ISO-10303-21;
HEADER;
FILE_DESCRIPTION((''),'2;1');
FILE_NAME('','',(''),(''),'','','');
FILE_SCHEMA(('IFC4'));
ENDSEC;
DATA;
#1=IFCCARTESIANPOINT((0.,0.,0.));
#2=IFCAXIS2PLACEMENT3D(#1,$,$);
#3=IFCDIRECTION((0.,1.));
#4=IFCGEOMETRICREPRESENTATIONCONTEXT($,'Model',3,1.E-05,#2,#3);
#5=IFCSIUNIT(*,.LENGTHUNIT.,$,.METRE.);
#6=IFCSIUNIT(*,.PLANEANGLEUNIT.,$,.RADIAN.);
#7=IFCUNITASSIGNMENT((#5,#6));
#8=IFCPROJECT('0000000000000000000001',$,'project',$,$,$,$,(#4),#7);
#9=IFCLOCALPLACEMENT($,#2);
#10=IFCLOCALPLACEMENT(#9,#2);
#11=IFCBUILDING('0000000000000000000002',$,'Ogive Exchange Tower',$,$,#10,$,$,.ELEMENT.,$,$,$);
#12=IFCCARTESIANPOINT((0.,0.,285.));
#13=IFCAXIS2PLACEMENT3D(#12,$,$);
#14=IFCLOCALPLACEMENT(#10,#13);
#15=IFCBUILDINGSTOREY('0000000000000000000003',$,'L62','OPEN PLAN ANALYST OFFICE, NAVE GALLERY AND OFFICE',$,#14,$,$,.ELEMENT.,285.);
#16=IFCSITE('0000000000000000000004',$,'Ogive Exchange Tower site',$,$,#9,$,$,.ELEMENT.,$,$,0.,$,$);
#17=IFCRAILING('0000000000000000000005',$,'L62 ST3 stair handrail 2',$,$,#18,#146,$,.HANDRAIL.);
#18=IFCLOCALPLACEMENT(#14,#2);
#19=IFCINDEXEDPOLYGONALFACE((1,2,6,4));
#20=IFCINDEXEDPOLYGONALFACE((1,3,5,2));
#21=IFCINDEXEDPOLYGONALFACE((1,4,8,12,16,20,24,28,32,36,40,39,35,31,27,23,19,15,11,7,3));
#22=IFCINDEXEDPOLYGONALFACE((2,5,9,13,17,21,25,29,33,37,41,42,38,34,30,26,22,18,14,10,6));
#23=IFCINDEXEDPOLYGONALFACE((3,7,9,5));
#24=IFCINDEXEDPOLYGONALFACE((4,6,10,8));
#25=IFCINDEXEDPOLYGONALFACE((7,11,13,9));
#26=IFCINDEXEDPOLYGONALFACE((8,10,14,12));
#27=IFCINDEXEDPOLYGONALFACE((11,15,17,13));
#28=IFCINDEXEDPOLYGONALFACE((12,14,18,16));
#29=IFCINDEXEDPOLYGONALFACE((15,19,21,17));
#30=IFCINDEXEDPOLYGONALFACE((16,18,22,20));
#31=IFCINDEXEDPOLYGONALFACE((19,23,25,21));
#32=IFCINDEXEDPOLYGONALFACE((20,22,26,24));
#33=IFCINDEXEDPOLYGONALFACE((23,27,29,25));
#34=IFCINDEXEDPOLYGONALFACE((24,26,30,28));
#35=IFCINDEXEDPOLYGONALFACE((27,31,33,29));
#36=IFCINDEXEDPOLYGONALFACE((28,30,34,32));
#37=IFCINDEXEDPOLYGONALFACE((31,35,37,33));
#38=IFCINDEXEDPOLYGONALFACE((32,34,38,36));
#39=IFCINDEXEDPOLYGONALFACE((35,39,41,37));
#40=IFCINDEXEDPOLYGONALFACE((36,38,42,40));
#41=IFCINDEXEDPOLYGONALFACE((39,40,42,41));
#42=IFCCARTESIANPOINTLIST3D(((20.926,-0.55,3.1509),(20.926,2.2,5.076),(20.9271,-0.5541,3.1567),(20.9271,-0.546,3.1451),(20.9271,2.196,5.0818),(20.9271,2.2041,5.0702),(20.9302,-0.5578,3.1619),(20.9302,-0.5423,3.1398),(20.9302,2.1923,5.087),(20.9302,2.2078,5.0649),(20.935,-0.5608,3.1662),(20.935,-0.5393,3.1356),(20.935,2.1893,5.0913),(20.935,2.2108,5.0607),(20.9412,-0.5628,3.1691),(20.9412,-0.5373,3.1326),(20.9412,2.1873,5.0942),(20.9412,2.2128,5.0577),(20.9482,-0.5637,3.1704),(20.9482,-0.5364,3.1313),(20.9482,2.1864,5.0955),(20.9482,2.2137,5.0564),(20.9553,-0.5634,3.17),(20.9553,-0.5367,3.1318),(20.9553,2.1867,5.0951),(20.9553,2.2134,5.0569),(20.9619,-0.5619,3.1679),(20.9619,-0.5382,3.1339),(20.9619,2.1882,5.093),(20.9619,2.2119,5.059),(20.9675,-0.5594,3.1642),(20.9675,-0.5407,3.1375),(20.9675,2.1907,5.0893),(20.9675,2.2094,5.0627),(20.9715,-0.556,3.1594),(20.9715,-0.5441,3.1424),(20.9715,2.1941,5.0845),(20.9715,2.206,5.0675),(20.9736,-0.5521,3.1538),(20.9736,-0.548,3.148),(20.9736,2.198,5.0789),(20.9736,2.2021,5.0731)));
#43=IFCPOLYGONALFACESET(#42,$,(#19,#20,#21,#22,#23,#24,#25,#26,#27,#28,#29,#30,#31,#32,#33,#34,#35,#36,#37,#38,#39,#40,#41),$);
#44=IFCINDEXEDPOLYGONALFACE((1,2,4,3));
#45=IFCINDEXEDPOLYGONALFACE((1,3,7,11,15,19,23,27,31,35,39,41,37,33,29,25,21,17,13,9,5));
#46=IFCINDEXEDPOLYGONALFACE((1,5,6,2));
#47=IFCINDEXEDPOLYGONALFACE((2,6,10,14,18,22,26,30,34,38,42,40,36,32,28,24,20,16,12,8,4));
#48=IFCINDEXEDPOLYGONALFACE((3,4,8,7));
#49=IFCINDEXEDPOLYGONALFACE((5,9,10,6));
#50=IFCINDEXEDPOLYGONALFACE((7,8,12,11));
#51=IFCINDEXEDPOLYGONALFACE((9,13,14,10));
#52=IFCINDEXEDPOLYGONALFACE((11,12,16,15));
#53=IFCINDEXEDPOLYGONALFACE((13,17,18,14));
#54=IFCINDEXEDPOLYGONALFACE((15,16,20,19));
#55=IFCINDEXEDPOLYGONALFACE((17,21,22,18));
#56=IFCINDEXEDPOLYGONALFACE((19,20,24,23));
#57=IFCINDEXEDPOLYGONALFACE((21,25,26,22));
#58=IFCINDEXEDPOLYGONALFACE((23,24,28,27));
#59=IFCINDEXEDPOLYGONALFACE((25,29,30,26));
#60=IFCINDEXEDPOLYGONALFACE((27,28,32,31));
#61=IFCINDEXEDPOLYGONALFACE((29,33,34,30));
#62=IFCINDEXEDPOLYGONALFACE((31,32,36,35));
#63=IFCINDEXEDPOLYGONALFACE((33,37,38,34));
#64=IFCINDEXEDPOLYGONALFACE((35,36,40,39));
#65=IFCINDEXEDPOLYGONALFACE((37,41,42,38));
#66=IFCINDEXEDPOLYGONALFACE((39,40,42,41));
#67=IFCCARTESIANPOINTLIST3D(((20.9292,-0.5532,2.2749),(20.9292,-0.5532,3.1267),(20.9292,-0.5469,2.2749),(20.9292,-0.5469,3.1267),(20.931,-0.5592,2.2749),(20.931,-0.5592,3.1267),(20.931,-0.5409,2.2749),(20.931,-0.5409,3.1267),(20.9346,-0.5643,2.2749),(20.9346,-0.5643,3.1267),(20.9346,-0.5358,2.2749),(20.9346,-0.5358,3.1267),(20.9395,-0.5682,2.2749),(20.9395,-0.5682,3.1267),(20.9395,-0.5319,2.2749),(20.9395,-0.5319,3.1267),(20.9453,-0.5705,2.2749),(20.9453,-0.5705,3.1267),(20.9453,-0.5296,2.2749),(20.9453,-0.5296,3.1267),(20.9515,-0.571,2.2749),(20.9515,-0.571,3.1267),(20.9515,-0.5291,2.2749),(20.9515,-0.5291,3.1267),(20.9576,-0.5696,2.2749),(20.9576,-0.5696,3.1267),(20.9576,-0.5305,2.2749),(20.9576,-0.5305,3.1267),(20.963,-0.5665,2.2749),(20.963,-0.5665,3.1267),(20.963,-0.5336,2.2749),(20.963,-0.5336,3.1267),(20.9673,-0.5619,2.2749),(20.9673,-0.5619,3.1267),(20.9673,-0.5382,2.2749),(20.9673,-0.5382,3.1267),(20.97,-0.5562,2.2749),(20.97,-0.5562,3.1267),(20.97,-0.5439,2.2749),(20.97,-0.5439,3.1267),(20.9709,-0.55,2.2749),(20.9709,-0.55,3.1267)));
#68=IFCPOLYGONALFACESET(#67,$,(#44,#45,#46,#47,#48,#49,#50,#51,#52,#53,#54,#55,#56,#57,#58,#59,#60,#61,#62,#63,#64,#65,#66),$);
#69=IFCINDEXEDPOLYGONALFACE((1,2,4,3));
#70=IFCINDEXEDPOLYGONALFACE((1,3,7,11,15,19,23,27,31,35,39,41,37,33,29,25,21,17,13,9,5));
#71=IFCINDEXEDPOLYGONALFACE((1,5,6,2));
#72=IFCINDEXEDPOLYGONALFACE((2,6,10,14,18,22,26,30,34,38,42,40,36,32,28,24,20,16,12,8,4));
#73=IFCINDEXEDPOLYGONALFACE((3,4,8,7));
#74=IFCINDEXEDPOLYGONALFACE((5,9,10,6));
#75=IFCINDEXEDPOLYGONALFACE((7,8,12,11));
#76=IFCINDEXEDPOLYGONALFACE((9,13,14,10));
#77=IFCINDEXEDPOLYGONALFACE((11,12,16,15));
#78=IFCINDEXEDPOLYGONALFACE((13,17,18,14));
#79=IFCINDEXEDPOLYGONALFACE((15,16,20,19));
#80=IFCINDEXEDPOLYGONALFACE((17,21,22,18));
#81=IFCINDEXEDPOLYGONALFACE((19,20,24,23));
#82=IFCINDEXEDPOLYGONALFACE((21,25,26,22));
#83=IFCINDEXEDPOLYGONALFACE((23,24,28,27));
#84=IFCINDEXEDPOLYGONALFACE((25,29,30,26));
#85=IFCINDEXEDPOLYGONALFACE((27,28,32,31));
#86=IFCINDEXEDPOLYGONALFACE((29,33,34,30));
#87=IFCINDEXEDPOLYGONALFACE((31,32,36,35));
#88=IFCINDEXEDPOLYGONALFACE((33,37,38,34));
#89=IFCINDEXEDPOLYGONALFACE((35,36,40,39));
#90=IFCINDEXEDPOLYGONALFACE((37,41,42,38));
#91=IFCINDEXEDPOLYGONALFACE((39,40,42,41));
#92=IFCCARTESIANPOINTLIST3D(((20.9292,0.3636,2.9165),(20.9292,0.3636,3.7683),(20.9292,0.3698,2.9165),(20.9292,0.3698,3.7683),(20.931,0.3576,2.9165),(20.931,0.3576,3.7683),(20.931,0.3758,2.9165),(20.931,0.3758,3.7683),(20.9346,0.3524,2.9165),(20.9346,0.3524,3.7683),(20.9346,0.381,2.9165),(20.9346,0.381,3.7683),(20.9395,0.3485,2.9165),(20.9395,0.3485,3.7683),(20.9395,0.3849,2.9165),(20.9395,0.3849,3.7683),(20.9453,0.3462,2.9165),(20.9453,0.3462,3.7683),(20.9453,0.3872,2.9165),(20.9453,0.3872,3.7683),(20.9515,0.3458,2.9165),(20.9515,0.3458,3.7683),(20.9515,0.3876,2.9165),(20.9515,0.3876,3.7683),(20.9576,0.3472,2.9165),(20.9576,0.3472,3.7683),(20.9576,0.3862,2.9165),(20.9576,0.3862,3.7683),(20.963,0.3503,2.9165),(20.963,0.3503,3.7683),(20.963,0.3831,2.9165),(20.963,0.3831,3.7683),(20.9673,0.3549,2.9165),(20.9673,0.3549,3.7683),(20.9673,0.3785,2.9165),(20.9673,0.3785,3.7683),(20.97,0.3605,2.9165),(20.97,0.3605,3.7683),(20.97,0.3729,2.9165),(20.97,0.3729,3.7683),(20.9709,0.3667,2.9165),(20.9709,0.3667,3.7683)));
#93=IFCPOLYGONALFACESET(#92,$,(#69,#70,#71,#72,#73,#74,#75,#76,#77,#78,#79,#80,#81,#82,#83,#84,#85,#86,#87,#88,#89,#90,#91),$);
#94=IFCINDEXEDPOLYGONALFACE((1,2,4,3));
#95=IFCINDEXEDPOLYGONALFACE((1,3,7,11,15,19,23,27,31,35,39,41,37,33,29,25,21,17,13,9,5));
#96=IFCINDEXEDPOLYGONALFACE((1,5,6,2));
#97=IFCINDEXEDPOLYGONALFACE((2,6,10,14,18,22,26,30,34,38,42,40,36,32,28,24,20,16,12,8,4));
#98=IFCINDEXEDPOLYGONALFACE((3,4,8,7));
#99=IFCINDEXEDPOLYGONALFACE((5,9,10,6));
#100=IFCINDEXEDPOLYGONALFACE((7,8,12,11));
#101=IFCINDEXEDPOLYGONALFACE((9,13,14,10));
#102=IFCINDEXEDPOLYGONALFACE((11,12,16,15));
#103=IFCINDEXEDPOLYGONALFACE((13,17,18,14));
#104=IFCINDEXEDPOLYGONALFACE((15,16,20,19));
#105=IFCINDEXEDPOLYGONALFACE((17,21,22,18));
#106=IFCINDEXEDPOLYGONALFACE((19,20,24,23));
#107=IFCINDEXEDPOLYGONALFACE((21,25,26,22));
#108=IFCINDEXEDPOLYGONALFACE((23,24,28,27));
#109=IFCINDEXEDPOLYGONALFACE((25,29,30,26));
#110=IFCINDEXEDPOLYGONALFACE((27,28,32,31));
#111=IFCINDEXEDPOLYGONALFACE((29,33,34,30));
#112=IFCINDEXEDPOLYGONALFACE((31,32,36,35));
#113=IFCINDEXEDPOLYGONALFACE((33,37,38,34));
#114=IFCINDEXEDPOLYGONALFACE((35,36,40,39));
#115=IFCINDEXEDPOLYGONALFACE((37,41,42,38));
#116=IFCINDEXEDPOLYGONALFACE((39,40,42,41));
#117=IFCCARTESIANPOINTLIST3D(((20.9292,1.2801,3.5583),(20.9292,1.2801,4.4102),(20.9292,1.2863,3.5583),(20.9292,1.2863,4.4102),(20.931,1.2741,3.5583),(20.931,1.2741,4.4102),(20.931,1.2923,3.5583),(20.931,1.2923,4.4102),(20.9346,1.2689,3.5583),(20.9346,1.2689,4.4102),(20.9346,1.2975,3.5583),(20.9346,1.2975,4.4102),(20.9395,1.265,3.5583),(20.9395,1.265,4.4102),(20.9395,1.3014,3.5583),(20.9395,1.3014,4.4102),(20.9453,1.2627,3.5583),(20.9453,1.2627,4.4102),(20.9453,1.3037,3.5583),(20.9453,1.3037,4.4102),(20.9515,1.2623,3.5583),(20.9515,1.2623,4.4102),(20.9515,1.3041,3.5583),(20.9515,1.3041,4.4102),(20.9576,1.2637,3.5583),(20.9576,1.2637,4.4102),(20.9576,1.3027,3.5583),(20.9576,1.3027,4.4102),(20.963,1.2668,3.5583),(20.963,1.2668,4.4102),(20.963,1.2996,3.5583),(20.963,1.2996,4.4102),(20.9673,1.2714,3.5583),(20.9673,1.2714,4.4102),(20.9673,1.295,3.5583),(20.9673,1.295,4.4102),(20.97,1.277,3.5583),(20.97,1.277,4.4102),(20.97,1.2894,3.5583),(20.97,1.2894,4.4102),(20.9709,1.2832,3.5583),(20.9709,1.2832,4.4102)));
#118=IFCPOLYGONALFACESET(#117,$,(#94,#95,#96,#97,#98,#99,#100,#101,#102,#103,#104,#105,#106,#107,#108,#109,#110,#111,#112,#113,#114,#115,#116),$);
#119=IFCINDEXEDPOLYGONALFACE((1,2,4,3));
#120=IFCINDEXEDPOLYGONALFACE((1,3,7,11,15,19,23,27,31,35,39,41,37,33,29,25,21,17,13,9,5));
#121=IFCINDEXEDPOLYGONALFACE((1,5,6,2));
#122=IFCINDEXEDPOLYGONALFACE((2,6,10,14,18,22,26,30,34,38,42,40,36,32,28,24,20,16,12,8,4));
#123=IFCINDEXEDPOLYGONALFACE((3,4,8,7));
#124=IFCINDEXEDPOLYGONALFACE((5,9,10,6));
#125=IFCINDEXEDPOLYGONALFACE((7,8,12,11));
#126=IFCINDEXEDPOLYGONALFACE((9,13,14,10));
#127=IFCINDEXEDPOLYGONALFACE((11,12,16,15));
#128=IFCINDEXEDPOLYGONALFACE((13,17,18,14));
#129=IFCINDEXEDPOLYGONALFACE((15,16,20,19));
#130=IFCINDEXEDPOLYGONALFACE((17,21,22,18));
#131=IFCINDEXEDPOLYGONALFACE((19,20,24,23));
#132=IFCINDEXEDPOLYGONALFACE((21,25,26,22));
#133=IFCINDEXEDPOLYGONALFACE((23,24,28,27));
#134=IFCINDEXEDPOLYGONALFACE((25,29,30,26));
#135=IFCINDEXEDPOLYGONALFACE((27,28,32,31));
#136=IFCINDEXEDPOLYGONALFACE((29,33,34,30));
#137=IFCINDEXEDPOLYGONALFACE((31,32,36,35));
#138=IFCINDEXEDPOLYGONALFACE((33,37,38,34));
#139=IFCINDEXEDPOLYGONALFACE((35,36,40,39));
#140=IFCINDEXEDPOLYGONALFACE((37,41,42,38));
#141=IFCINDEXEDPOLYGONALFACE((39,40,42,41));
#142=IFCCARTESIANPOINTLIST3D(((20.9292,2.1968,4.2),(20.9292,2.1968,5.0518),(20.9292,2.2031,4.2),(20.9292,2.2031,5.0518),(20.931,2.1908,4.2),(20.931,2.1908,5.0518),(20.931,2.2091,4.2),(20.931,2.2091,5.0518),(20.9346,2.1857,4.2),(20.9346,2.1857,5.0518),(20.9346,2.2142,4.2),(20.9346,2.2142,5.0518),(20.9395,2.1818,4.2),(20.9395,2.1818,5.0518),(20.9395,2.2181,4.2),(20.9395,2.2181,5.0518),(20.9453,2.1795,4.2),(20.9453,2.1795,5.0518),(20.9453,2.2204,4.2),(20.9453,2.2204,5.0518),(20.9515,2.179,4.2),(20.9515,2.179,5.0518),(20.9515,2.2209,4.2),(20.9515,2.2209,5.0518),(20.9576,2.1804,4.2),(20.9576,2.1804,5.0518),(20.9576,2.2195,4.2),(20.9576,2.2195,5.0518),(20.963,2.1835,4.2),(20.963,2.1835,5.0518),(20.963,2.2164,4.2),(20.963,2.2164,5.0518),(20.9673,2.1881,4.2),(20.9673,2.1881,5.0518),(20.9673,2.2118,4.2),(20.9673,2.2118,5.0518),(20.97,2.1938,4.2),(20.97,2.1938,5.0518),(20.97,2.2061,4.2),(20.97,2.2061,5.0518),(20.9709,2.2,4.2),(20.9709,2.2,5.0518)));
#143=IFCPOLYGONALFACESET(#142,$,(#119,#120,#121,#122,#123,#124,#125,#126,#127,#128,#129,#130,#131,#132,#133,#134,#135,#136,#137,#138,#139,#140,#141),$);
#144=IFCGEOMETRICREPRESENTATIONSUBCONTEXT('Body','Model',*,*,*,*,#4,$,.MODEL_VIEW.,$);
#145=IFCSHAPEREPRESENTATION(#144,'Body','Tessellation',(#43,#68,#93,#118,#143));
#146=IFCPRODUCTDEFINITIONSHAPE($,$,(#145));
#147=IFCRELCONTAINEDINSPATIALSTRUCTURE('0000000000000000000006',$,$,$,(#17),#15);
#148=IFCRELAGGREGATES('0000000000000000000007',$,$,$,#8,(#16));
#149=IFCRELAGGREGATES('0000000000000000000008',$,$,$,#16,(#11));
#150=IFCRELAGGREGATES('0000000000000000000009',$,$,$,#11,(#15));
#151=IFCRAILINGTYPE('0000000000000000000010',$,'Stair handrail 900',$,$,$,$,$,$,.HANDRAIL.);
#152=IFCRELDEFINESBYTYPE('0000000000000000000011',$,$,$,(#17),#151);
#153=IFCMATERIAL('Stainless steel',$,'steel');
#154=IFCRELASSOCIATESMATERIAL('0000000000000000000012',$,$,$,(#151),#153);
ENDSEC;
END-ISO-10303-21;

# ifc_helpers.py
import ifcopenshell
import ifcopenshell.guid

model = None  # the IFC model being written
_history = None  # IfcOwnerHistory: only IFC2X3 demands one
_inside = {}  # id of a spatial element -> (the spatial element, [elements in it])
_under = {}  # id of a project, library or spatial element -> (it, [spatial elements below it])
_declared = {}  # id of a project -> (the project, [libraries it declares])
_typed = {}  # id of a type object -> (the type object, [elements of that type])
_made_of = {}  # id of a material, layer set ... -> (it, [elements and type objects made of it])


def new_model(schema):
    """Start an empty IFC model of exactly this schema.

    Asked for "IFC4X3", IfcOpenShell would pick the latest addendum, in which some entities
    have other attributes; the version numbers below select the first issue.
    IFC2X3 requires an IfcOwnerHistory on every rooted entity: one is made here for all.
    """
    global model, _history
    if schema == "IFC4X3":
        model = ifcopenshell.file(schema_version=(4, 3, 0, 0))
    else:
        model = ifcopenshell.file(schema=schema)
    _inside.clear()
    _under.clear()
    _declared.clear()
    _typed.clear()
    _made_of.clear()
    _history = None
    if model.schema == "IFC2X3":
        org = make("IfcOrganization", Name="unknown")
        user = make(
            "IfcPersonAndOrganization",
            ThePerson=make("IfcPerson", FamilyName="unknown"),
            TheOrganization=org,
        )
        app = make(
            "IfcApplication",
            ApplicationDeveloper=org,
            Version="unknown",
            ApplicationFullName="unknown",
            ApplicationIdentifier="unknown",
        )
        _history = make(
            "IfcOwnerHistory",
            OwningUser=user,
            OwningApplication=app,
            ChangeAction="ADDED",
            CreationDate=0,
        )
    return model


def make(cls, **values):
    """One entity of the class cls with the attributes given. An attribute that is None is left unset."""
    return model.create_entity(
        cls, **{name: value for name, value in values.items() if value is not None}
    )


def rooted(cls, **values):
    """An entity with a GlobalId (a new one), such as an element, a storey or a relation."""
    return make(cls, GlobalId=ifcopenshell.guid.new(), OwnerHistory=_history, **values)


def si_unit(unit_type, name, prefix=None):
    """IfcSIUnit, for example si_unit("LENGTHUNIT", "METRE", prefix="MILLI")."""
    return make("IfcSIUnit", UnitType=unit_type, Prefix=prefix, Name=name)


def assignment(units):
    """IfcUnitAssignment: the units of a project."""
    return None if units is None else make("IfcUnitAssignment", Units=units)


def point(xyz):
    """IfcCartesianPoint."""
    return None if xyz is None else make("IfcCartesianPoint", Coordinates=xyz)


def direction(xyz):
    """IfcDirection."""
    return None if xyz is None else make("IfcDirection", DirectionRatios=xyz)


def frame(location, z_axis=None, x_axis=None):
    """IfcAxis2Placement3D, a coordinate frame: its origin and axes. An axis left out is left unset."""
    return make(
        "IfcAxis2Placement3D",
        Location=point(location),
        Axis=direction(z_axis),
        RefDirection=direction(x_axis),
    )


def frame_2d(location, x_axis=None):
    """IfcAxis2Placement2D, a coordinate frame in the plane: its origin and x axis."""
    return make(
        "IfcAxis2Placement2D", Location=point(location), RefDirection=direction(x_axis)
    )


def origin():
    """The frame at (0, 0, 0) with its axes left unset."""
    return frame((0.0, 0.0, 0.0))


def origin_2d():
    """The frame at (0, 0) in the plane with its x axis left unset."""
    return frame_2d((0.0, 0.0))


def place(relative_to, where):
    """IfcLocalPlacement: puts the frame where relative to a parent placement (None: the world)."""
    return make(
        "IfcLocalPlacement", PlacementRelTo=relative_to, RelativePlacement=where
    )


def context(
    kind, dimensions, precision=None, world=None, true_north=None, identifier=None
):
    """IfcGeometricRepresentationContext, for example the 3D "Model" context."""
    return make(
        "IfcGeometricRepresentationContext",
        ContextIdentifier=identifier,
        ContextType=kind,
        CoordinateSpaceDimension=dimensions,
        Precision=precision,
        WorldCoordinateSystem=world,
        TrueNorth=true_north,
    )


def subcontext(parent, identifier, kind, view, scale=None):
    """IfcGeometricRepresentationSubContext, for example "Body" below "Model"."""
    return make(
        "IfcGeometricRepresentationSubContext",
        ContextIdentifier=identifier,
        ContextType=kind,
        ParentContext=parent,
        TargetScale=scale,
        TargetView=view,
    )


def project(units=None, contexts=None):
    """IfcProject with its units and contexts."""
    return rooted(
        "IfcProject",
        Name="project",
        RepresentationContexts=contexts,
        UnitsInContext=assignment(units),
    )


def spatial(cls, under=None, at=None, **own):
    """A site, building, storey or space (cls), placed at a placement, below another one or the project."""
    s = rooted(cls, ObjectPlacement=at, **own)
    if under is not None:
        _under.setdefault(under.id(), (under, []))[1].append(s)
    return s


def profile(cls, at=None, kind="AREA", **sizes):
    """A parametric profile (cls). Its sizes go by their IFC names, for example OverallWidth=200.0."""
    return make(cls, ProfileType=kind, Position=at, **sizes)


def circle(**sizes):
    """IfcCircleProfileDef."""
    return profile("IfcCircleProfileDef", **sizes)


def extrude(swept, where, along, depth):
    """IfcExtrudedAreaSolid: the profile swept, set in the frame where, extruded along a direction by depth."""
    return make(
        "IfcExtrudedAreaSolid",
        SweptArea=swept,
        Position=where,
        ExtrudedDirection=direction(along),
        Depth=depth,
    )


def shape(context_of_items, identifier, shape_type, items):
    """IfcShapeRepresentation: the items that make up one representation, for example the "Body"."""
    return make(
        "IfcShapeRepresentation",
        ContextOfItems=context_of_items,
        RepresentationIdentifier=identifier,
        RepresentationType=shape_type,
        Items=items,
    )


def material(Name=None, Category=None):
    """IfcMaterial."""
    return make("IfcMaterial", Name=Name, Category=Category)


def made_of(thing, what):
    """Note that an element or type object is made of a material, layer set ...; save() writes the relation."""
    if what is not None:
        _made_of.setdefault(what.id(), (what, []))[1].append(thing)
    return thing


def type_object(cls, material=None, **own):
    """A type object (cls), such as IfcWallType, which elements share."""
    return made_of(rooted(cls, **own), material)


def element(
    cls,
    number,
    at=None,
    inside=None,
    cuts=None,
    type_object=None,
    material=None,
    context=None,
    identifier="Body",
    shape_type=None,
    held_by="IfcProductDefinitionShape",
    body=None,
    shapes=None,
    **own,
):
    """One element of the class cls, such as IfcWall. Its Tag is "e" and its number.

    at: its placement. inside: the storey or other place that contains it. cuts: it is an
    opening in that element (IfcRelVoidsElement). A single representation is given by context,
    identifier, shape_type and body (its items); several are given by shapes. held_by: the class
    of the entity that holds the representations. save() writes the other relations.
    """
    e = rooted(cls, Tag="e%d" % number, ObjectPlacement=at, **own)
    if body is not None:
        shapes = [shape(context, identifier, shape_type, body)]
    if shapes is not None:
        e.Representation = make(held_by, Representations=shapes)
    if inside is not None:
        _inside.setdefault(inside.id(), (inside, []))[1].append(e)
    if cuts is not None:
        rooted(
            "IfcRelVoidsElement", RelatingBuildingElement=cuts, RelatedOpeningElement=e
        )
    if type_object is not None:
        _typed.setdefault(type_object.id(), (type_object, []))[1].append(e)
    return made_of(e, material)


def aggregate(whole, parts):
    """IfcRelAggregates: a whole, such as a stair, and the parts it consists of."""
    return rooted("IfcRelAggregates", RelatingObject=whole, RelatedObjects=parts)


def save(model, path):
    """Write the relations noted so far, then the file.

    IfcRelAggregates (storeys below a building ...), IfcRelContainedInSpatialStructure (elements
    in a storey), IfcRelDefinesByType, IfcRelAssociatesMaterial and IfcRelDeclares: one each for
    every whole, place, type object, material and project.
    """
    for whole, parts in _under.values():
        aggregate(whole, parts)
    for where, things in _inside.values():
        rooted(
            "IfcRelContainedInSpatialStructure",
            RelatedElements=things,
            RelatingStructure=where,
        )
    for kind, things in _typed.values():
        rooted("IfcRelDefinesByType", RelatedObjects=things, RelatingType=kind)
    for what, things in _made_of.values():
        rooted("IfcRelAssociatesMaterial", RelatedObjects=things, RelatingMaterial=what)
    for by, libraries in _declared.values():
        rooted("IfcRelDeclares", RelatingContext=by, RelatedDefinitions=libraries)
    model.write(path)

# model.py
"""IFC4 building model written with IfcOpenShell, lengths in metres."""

from ifc_helpers import new_model, si_unit, direction, frame, origin, origin_2d, place, context, subcontext, project, spatial, circle, extrude, material, type_object, element, save


model = new_model("IFC4")

# Units and contexts
model_context = context("Model", 3, precision=1e-05, world=origin(), true_north=direction((0.0, 1.0)))
body_context = subcontext(model_context, "Body", "Model", "MODEL_VIEW")
ifc_project = project(units=[si_unit("LENGTHUNIT", "METRE"), si_unit("PLANEANGLEUNIT", "RADIAN")], contexts=[model_context])

# Site, building, storey
site_placement = place(None, origin())
site = spatial("IfcSite", under=ifc_project, at=site_placement, Name="Ogive Exchange Tower site", CompositionType="ELEMENT", RefElevation=0.0)
building_placement = place(site_placement, origin())
building = spatial("IfcBuilding", under=site, at=building_placement, Name="Ogive Exchange Tower", CompositionType="ELEMENT")
storey_placement = place(building_placement, frame((0.0, 0.0, 285.0)))
storey = spatial("IfcBuildingStorey", under=building, at=storey_placement, Name="L62", Description="OPEN PLAN ANALYST OFFICE, NAVE GALLERY AND OFFICE", CompositionType="ELEMENT", Elevation=285.0)

# Railing
ifc_material_1 = material(Name="Stainless steel", Category="steel")
railing_type_1 = type_object("IfcRailingType", Name="Stair handrail 900", PredefinedType="HANDRAIL", material=ifc_material_1)
railing_1_placement = place(storey_placement, frame((20.95, -0.55, 2.2749)))
element("IfcRailing", 1, at=railing_1_placement, inside=storey, type_object=railing_type_1, Name="L62 ST3 stair handrail 2", PredefinedType="HANDRAIL", context=body_context, shape_type="SweptSolid", body=[
    extrude(circle(Radius=0.0239, at=origin_2d()), frame((0.0, 0.0, 0.876), z_axis=(0.0, 0.819225, 0.573472), x_axis=(-1.0, 0.0, 0.0)), (0.0, 0.0, 1.0), 3.3569),
    extrude(circle(Radius=0.021, at=origin_2d()), origin(), (0.0, 0.0, 1.0), 0.8518),
    extrude(circle(Radius=0.021, at=origin_2d()), frame((0.0, 0.9167, 0.6416)), (0.0, 0.0, 1.0), 0.8518),
    extrude(circle(Radius=0.021, at=origin_2d()), frame((0.0, 1.8333, 1.2834)), (0.0, 0.0, 1.0), 0.8518),
    extrude(circle(Radius=0.021, at=origin_2d()), frame((0.0, 2.75, 1.925)), (0.0, 0.0, 1.0), 0.8518),
])

save(model, "model.ifc")
